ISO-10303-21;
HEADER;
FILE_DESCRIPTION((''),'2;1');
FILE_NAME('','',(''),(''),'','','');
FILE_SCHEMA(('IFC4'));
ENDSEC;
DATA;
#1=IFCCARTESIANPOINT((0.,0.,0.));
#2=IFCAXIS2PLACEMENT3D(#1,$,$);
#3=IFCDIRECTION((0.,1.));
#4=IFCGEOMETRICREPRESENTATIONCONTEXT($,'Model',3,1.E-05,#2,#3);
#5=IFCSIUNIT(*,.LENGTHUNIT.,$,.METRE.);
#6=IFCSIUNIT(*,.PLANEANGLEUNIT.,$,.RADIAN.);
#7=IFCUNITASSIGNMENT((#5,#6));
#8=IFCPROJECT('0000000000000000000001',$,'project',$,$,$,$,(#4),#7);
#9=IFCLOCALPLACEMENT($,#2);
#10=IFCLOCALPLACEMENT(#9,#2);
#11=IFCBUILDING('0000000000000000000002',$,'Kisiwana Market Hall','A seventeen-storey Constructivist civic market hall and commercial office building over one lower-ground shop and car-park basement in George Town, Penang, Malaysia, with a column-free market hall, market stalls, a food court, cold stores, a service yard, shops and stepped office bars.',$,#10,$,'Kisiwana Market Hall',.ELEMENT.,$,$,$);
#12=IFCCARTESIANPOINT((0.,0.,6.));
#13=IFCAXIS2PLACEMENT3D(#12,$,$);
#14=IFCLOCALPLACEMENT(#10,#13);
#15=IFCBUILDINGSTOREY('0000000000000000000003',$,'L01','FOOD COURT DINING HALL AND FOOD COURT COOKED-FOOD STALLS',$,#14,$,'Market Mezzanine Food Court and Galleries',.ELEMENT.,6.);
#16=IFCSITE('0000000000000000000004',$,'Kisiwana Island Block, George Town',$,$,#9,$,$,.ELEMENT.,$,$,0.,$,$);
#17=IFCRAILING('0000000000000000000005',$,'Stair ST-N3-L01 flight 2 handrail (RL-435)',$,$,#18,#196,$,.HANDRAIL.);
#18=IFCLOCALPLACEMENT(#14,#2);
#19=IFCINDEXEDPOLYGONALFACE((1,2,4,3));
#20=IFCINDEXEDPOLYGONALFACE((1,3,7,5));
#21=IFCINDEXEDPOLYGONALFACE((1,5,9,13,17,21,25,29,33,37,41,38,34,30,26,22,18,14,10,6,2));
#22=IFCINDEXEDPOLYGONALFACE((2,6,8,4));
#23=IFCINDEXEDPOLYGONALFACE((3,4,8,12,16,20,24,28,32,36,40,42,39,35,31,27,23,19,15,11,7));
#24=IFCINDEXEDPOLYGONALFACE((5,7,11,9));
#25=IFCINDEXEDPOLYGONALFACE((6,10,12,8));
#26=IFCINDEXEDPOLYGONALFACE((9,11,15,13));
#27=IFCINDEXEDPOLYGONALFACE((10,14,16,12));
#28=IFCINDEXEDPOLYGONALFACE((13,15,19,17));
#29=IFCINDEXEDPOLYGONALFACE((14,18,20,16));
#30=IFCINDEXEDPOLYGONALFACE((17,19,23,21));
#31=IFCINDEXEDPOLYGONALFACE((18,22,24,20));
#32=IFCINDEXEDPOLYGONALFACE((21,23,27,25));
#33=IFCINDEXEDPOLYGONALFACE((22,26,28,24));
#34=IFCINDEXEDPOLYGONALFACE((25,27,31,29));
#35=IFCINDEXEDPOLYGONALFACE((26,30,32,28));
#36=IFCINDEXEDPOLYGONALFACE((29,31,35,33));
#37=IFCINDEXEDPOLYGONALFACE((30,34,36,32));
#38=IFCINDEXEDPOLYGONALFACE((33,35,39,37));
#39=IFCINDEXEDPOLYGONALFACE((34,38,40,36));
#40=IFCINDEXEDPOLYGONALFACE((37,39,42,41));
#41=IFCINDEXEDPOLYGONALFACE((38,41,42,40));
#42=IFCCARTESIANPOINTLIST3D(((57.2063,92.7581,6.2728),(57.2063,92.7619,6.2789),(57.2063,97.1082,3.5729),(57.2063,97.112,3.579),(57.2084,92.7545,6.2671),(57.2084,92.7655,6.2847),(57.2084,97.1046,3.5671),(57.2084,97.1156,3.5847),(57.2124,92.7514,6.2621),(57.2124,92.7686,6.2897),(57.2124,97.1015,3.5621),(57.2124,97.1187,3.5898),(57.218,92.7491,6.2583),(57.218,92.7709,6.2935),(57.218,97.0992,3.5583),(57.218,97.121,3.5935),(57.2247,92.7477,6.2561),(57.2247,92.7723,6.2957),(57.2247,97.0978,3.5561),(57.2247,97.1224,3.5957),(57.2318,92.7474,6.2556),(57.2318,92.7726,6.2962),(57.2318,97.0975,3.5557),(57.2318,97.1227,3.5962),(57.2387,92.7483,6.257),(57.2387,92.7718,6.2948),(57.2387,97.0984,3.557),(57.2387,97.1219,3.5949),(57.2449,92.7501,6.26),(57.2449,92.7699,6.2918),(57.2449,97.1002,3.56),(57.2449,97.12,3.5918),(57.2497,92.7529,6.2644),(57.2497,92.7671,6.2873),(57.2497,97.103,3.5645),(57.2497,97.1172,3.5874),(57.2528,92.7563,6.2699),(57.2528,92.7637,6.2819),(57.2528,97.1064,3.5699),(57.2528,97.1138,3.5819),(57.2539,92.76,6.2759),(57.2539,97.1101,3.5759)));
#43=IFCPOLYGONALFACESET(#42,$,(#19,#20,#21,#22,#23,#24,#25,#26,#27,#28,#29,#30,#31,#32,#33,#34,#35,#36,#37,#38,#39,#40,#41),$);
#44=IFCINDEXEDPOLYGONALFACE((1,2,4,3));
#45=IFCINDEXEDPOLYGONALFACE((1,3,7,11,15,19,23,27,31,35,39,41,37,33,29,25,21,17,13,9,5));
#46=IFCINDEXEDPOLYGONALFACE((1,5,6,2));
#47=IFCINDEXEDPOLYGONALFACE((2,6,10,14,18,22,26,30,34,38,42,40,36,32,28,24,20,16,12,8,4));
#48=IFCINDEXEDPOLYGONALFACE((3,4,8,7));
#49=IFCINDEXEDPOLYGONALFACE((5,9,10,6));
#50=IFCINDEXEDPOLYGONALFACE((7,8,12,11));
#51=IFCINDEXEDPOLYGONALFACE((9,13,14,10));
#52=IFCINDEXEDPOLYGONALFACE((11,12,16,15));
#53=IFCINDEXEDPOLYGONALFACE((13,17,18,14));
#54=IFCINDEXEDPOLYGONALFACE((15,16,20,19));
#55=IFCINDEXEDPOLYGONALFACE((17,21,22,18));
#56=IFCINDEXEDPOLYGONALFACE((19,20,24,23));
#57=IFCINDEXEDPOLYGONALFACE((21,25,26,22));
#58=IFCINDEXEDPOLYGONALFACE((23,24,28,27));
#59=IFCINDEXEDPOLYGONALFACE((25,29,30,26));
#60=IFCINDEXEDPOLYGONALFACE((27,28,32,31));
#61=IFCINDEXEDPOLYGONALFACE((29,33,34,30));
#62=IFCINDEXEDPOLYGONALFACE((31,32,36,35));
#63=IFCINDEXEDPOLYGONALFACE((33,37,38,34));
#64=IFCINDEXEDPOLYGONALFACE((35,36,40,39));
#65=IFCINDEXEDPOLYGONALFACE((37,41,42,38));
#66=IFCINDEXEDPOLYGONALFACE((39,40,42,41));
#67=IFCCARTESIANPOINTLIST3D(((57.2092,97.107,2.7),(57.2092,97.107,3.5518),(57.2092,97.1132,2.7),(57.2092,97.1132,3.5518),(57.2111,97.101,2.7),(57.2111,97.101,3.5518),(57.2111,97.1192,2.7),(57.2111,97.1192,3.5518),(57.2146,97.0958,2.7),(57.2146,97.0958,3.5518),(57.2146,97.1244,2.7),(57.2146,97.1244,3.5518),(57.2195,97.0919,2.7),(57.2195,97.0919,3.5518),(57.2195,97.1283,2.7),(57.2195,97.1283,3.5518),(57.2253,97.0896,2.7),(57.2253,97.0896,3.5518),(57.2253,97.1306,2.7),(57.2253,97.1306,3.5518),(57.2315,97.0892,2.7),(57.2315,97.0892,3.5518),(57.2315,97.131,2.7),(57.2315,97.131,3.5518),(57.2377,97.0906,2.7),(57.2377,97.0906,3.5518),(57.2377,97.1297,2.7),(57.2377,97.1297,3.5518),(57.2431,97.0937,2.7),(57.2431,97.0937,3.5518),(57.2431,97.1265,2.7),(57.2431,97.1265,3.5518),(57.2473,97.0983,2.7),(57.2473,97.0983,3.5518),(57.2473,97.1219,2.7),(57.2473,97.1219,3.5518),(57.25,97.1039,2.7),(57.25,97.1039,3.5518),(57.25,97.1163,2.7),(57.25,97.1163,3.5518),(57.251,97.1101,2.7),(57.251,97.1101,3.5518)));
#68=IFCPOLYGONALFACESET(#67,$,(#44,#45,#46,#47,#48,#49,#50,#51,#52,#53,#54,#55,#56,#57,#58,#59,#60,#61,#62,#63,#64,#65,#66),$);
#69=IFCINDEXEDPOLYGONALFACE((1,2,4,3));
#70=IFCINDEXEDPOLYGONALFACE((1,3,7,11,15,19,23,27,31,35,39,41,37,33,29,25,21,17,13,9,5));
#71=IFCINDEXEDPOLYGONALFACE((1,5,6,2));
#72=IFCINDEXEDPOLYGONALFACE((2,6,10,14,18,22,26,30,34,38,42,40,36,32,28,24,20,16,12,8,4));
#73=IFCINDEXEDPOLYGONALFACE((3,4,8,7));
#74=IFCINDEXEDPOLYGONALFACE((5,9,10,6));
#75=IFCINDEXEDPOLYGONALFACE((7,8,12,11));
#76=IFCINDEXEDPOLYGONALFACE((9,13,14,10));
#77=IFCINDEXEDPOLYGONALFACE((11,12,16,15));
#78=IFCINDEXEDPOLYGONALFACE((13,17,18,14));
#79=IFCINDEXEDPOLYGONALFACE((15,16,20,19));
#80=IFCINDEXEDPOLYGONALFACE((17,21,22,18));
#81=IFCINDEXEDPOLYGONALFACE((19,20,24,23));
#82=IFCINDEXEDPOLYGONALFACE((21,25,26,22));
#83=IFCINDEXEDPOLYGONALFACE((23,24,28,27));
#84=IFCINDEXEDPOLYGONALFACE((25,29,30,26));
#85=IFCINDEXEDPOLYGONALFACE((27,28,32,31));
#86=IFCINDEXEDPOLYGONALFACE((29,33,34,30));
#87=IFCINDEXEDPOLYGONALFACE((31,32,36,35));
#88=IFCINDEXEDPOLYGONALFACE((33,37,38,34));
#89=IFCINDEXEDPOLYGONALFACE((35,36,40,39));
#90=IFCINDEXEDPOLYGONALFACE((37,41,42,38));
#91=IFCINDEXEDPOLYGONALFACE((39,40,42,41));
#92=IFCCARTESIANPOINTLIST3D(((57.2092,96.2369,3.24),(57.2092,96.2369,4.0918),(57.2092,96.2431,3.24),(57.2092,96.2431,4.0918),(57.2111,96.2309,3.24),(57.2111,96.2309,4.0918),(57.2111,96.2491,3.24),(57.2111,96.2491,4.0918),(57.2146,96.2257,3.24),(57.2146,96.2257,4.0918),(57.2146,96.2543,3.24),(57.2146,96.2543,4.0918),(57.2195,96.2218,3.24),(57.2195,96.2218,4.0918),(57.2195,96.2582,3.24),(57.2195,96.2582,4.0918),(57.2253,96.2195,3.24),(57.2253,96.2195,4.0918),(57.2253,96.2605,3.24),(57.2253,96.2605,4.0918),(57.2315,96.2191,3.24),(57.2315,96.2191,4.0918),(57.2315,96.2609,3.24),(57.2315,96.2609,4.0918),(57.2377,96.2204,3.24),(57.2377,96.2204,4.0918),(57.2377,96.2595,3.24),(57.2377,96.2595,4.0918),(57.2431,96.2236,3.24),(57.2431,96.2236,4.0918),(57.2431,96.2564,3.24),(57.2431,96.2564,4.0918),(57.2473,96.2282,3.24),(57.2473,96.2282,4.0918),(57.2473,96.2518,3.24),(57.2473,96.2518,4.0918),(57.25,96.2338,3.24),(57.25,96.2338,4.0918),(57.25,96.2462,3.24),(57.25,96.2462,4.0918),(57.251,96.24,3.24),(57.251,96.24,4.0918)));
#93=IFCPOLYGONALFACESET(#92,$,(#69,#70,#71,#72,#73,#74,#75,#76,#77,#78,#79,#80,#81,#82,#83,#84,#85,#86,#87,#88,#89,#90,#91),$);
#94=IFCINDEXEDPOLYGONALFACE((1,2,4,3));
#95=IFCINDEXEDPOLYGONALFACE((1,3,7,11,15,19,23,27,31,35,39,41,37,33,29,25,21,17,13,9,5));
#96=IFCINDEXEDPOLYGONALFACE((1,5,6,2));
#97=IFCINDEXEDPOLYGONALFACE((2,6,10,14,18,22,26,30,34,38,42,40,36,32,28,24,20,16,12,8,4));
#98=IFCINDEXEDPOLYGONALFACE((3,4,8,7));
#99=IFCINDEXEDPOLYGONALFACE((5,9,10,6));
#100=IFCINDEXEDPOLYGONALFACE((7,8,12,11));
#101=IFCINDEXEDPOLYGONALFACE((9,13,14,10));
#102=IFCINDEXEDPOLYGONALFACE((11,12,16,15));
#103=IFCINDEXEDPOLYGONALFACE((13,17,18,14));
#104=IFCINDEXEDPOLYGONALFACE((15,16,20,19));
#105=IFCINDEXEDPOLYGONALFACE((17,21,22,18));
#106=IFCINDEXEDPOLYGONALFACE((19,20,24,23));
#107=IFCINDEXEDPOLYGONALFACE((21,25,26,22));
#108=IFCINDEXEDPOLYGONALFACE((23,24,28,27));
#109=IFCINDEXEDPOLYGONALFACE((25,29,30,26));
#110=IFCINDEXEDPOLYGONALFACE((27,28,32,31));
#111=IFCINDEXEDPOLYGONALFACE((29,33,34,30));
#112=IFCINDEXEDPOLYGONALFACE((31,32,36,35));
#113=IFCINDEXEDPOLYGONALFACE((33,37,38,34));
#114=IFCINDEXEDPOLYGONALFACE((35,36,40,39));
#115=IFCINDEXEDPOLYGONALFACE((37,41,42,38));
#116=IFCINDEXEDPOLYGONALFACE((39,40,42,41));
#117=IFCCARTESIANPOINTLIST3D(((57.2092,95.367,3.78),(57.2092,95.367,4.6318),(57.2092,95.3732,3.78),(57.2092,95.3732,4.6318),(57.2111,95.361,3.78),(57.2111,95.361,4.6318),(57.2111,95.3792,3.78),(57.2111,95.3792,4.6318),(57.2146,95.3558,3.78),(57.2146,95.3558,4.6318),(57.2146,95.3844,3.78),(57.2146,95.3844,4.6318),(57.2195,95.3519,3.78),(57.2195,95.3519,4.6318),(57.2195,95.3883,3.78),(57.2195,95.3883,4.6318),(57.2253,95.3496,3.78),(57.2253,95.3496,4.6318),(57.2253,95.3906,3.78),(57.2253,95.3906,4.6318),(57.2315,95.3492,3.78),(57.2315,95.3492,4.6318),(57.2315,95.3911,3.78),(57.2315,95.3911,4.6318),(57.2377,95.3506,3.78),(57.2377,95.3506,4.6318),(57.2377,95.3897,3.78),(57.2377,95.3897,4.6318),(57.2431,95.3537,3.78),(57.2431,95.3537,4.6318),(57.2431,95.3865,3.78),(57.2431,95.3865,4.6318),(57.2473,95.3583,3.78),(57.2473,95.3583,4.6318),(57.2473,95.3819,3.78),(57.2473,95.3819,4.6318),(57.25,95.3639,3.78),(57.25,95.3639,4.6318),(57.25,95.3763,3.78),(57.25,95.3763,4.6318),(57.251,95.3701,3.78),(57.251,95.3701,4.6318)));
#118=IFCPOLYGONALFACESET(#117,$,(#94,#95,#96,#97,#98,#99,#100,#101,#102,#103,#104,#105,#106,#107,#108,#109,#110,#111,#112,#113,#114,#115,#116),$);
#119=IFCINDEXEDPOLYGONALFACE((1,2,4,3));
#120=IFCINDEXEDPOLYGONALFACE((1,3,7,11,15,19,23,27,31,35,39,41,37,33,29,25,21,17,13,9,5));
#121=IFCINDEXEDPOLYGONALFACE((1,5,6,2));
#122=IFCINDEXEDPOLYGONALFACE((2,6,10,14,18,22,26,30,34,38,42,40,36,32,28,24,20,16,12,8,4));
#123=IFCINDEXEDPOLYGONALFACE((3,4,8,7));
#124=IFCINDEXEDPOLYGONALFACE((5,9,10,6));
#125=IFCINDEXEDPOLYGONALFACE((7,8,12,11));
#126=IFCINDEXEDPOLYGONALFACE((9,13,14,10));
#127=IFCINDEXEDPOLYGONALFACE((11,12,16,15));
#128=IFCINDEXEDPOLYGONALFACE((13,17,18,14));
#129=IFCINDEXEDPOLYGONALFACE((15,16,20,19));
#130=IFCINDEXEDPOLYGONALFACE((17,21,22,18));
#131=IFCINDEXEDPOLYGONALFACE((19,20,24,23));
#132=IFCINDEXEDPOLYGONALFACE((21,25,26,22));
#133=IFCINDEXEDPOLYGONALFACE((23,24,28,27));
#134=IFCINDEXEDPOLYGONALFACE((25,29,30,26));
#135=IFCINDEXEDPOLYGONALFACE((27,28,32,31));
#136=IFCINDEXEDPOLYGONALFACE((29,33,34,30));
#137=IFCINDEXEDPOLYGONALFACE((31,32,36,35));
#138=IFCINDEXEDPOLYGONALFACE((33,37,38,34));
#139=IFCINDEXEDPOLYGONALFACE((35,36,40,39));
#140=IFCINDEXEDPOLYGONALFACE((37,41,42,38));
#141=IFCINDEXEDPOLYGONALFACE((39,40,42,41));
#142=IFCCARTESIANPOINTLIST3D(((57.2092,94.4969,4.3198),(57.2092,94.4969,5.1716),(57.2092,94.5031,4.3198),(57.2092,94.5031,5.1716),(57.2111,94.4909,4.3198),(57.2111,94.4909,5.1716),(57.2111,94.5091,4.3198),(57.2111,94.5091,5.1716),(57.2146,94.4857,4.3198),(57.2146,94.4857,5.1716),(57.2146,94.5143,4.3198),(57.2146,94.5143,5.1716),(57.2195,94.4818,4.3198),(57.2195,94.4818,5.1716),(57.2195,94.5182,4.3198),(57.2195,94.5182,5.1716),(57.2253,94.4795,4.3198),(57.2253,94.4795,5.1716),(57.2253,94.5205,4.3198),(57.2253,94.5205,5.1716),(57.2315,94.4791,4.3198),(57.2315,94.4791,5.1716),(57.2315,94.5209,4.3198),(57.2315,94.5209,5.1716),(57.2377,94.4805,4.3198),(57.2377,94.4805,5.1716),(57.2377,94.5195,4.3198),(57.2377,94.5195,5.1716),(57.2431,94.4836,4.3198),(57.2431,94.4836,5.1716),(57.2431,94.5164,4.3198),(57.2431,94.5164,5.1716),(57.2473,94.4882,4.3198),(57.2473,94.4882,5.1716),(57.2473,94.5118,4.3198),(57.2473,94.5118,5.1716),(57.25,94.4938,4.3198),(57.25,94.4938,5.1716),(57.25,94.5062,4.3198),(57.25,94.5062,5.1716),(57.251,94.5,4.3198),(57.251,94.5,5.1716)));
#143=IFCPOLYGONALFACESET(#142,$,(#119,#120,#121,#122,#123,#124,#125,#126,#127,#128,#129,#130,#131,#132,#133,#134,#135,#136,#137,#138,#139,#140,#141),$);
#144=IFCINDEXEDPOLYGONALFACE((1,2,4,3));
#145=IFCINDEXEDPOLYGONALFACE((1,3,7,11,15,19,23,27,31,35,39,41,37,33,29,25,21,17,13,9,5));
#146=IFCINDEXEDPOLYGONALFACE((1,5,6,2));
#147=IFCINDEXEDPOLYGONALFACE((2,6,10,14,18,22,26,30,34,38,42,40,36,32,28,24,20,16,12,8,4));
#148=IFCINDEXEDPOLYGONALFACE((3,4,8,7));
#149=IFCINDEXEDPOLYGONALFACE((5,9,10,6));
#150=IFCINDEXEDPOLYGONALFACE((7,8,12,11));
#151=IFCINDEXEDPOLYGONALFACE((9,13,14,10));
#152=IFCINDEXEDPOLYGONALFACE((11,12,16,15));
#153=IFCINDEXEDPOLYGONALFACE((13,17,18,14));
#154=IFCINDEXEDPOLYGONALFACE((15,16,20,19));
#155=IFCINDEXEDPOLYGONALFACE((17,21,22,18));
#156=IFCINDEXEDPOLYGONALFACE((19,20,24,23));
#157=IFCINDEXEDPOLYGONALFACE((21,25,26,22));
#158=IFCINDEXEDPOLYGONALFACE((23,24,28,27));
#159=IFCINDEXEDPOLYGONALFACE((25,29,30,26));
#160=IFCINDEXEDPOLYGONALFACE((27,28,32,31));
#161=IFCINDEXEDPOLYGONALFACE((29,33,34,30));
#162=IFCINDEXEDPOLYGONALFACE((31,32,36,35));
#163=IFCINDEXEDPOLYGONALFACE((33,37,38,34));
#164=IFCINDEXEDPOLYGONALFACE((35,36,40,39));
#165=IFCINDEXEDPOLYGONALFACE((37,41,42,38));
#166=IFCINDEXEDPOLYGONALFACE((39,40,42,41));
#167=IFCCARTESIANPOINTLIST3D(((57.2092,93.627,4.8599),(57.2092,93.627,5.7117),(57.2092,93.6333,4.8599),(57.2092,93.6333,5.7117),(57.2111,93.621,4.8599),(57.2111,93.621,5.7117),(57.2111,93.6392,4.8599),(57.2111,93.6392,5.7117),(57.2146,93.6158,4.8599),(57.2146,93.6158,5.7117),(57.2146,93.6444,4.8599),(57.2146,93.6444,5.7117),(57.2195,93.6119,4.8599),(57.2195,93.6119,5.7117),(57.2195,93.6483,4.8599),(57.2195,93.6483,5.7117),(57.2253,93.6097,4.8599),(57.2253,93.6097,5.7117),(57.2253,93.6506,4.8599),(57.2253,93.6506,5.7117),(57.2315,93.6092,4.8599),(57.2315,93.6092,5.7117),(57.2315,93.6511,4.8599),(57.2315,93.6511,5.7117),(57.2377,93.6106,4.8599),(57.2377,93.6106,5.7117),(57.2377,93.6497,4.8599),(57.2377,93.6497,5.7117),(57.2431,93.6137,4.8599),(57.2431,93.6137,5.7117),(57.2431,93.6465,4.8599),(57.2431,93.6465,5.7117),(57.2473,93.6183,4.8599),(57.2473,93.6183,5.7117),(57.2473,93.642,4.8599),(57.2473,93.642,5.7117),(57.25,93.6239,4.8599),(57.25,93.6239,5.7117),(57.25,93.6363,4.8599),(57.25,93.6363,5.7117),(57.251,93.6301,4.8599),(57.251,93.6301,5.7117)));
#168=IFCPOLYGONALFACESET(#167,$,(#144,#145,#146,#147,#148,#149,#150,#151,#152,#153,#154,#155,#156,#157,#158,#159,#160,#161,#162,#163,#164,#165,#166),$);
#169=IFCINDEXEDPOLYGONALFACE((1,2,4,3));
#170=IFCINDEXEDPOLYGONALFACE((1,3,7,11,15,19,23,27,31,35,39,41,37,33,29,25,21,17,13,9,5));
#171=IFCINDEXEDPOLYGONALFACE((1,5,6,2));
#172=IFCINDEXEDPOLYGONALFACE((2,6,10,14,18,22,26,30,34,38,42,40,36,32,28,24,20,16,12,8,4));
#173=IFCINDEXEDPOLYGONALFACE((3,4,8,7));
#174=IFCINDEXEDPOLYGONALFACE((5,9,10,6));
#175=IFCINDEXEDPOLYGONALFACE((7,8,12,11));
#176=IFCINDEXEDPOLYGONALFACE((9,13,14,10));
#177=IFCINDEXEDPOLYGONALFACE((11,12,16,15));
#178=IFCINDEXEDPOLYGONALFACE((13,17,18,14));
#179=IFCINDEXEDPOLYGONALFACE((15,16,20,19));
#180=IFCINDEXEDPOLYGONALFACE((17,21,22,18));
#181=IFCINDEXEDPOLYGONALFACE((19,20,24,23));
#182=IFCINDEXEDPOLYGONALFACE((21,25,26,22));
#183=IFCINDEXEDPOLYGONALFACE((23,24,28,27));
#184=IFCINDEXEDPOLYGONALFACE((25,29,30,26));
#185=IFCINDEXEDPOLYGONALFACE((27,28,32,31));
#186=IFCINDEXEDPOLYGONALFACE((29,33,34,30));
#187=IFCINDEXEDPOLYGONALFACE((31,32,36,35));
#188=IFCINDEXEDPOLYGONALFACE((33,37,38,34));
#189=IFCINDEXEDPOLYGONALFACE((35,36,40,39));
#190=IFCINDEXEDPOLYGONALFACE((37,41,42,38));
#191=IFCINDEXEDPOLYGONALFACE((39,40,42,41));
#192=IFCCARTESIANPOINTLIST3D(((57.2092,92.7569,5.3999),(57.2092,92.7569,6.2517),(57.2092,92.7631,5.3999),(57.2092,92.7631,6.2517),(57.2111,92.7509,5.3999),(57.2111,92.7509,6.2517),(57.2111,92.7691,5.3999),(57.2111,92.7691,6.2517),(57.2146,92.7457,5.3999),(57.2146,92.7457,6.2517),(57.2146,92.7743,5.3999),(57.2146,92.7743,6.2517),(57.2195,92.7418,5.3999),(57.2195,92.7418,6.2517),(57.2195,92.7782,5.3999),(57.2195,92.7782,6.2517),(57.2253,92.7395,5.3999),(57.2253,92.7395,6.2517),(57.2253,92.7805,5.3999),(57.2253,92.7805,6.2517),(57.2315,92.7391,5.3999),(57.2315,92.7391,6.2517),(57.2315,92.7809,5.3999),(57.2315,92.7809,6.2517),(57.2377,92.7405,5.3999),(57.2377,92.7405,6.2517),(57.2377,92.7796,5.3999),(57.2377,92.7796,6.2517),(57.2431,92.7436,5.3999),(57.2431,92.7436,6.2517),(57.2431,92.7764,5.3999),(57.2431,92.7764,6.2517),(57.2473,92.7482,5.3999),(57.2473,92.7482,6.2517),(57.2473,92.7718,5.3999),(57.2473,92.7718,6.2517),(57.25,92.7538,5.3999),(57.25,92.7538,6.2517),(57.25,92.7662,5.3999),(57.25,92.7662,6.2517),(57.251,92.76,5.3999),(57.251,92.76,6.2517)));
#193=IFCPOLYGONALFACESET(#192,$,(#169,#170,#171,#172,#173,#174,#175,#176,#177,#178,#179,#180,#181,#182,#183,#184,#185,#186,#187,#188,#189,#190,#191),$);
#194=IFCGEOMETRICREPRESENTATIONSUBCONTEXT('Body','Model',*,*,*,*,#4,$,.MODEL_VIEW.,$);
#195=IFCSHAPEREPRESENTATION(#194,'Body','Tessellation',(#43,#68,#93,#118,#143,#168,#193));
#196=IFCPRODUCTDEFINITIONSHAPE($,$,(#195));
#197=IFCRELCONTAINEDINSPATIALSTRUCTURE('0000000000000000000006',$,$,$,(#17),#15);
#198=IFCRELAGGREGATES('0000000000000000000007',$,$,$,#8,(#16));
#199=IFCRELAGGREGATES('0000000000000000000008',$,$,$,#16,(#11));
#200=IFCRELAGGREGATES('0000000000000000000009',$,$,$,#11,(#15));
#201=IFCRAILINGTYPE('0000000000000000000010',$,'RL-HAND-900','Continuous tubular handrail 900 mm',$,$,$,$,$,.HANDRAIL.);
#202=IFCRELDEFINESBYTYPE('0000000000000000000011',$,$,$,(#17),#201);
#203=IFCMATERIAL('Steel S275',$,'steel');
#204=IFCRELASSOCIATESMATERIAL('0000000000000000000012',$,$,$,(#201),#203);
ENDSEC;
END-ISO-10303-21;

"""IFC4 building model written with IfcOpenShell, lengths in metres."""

from ifc_helpers import new_model, si_unit, direction, frame, origin, origin_2d, place, context, subcontext, project, spatial, circle, extrude, material, type_object, element, save


model = new_model("IFC4")

# Units and contexts
model_context = context("Model", 3, precision=1e-05, world=origin(), true_north=direction((0.0, 1.0)))
body_context = subcontext(model_context, "Body", "Model", "MODEL_VIEW")
ifc_project = project(units=[si_unit("LENGTHUNIT", "METRE"), si_unit("PLANEANGLEUNIT", "RADIAN")], contexts=[model_context])

# Site, building, storey
site_placement = place(None, origin())
site = spatial("IfcSite", under=ifc_project, at=site_placement, Name="Kisiwana Island Block, George Town", CompositionType="ELEMENT", RefElevation=0.0)
building_placement = place(site_placement, origin())
building = spatial("IfcBuilding", under=site, at=building_placement, Name="Kisiwana Market Hall", Description="A seventeen-storey Constructivist civic market hall and commercial office building over one lower-ground shop and car-park basement in George Town, Penang, Malaysia, with a column-free market hall, market stalls, a food court, cold stores, a service yard, shops and stepped office bars.", LongName="Kisiwana Market Hall", CompositionType="ELEMENT")
storey_placement = place(building_placement, frame((0.0, 0.0, 6.0)))
storey = spatial("IfcBuildingStorey", under=building, at=storey_placement, Name="L01", Description="FOOD COURT DINING HALL AND FOOD COURT COOKED-FOOD STALLS", LongName="Market Mezzanine Food Court and Galleries", CompositionType="ELEMENT", Elevation=6.0)

# Railing
ifc_material_1 = material(Name="Steel S275", Category="steel")
railing_type = type_object("IfcRailingType", Name="RL-HAND-900", Description="Continuous tubular handrail 900 mm", PredefinedType="HANDRAIL", material=ifc_material_1)
for number, where, name in (
    (1, (57.23, 97.1101, 2.7), "Stair ST-N3-L01 flight 2 handrail (RL-435)"),
):
    element("IfcRailing", number, at=place(storey_placement, frame(where)), inside=storey, type_object=railing_type, Name=name, PredefinedType="HANDRAIL", context=body_context, shape_type="SweptSolid", body=[
        extrude(circle(Radius=0.0239, at=origin_2d()), frame((0.0, 0.0, 0.876), z_axis=(0.0, -0.84965, 0.527347), x_axis=(1.0, 0.0, 0.0)), (0.0, 0.0, 1.0), 5.1199),
        extrude(circle(Radius=0.021, at=origin_2d()), origin(), (0.0, 0.0, 1.0), 0.8518),
        extrude(circle(Radius=0.021, at=origin_2d()), frame((0.0, -0.8701, 0.54)), (0.0, 0.0, 1.0), 0.8518),
        extrude(circle(Radius=0.021, at=origin_2d()), frame((0.0, -1.74, 1.0801)), (0.0, 0.0, 1.0), 0.8518),
        extrude(circle(Radius=0.021, at=origin_2d()), frame((0.0, -2.6101, 1.6199)), (0.0, 0.0, 1.0), 0.8518),
        extrude(circle(Radius=0.021, at=origin_2d()), frame((0.0, -3.48, 2.1599)), (0.0, 0.0, 1.0), 0.8518),
        extrude(circle(Radius=0.021, at=origin_2d()), frame((0.0, -4.3501, 2.7)), (0.0, 0.0, 1.0), 0.8518),
    ])

save(model, "model.ifc")
